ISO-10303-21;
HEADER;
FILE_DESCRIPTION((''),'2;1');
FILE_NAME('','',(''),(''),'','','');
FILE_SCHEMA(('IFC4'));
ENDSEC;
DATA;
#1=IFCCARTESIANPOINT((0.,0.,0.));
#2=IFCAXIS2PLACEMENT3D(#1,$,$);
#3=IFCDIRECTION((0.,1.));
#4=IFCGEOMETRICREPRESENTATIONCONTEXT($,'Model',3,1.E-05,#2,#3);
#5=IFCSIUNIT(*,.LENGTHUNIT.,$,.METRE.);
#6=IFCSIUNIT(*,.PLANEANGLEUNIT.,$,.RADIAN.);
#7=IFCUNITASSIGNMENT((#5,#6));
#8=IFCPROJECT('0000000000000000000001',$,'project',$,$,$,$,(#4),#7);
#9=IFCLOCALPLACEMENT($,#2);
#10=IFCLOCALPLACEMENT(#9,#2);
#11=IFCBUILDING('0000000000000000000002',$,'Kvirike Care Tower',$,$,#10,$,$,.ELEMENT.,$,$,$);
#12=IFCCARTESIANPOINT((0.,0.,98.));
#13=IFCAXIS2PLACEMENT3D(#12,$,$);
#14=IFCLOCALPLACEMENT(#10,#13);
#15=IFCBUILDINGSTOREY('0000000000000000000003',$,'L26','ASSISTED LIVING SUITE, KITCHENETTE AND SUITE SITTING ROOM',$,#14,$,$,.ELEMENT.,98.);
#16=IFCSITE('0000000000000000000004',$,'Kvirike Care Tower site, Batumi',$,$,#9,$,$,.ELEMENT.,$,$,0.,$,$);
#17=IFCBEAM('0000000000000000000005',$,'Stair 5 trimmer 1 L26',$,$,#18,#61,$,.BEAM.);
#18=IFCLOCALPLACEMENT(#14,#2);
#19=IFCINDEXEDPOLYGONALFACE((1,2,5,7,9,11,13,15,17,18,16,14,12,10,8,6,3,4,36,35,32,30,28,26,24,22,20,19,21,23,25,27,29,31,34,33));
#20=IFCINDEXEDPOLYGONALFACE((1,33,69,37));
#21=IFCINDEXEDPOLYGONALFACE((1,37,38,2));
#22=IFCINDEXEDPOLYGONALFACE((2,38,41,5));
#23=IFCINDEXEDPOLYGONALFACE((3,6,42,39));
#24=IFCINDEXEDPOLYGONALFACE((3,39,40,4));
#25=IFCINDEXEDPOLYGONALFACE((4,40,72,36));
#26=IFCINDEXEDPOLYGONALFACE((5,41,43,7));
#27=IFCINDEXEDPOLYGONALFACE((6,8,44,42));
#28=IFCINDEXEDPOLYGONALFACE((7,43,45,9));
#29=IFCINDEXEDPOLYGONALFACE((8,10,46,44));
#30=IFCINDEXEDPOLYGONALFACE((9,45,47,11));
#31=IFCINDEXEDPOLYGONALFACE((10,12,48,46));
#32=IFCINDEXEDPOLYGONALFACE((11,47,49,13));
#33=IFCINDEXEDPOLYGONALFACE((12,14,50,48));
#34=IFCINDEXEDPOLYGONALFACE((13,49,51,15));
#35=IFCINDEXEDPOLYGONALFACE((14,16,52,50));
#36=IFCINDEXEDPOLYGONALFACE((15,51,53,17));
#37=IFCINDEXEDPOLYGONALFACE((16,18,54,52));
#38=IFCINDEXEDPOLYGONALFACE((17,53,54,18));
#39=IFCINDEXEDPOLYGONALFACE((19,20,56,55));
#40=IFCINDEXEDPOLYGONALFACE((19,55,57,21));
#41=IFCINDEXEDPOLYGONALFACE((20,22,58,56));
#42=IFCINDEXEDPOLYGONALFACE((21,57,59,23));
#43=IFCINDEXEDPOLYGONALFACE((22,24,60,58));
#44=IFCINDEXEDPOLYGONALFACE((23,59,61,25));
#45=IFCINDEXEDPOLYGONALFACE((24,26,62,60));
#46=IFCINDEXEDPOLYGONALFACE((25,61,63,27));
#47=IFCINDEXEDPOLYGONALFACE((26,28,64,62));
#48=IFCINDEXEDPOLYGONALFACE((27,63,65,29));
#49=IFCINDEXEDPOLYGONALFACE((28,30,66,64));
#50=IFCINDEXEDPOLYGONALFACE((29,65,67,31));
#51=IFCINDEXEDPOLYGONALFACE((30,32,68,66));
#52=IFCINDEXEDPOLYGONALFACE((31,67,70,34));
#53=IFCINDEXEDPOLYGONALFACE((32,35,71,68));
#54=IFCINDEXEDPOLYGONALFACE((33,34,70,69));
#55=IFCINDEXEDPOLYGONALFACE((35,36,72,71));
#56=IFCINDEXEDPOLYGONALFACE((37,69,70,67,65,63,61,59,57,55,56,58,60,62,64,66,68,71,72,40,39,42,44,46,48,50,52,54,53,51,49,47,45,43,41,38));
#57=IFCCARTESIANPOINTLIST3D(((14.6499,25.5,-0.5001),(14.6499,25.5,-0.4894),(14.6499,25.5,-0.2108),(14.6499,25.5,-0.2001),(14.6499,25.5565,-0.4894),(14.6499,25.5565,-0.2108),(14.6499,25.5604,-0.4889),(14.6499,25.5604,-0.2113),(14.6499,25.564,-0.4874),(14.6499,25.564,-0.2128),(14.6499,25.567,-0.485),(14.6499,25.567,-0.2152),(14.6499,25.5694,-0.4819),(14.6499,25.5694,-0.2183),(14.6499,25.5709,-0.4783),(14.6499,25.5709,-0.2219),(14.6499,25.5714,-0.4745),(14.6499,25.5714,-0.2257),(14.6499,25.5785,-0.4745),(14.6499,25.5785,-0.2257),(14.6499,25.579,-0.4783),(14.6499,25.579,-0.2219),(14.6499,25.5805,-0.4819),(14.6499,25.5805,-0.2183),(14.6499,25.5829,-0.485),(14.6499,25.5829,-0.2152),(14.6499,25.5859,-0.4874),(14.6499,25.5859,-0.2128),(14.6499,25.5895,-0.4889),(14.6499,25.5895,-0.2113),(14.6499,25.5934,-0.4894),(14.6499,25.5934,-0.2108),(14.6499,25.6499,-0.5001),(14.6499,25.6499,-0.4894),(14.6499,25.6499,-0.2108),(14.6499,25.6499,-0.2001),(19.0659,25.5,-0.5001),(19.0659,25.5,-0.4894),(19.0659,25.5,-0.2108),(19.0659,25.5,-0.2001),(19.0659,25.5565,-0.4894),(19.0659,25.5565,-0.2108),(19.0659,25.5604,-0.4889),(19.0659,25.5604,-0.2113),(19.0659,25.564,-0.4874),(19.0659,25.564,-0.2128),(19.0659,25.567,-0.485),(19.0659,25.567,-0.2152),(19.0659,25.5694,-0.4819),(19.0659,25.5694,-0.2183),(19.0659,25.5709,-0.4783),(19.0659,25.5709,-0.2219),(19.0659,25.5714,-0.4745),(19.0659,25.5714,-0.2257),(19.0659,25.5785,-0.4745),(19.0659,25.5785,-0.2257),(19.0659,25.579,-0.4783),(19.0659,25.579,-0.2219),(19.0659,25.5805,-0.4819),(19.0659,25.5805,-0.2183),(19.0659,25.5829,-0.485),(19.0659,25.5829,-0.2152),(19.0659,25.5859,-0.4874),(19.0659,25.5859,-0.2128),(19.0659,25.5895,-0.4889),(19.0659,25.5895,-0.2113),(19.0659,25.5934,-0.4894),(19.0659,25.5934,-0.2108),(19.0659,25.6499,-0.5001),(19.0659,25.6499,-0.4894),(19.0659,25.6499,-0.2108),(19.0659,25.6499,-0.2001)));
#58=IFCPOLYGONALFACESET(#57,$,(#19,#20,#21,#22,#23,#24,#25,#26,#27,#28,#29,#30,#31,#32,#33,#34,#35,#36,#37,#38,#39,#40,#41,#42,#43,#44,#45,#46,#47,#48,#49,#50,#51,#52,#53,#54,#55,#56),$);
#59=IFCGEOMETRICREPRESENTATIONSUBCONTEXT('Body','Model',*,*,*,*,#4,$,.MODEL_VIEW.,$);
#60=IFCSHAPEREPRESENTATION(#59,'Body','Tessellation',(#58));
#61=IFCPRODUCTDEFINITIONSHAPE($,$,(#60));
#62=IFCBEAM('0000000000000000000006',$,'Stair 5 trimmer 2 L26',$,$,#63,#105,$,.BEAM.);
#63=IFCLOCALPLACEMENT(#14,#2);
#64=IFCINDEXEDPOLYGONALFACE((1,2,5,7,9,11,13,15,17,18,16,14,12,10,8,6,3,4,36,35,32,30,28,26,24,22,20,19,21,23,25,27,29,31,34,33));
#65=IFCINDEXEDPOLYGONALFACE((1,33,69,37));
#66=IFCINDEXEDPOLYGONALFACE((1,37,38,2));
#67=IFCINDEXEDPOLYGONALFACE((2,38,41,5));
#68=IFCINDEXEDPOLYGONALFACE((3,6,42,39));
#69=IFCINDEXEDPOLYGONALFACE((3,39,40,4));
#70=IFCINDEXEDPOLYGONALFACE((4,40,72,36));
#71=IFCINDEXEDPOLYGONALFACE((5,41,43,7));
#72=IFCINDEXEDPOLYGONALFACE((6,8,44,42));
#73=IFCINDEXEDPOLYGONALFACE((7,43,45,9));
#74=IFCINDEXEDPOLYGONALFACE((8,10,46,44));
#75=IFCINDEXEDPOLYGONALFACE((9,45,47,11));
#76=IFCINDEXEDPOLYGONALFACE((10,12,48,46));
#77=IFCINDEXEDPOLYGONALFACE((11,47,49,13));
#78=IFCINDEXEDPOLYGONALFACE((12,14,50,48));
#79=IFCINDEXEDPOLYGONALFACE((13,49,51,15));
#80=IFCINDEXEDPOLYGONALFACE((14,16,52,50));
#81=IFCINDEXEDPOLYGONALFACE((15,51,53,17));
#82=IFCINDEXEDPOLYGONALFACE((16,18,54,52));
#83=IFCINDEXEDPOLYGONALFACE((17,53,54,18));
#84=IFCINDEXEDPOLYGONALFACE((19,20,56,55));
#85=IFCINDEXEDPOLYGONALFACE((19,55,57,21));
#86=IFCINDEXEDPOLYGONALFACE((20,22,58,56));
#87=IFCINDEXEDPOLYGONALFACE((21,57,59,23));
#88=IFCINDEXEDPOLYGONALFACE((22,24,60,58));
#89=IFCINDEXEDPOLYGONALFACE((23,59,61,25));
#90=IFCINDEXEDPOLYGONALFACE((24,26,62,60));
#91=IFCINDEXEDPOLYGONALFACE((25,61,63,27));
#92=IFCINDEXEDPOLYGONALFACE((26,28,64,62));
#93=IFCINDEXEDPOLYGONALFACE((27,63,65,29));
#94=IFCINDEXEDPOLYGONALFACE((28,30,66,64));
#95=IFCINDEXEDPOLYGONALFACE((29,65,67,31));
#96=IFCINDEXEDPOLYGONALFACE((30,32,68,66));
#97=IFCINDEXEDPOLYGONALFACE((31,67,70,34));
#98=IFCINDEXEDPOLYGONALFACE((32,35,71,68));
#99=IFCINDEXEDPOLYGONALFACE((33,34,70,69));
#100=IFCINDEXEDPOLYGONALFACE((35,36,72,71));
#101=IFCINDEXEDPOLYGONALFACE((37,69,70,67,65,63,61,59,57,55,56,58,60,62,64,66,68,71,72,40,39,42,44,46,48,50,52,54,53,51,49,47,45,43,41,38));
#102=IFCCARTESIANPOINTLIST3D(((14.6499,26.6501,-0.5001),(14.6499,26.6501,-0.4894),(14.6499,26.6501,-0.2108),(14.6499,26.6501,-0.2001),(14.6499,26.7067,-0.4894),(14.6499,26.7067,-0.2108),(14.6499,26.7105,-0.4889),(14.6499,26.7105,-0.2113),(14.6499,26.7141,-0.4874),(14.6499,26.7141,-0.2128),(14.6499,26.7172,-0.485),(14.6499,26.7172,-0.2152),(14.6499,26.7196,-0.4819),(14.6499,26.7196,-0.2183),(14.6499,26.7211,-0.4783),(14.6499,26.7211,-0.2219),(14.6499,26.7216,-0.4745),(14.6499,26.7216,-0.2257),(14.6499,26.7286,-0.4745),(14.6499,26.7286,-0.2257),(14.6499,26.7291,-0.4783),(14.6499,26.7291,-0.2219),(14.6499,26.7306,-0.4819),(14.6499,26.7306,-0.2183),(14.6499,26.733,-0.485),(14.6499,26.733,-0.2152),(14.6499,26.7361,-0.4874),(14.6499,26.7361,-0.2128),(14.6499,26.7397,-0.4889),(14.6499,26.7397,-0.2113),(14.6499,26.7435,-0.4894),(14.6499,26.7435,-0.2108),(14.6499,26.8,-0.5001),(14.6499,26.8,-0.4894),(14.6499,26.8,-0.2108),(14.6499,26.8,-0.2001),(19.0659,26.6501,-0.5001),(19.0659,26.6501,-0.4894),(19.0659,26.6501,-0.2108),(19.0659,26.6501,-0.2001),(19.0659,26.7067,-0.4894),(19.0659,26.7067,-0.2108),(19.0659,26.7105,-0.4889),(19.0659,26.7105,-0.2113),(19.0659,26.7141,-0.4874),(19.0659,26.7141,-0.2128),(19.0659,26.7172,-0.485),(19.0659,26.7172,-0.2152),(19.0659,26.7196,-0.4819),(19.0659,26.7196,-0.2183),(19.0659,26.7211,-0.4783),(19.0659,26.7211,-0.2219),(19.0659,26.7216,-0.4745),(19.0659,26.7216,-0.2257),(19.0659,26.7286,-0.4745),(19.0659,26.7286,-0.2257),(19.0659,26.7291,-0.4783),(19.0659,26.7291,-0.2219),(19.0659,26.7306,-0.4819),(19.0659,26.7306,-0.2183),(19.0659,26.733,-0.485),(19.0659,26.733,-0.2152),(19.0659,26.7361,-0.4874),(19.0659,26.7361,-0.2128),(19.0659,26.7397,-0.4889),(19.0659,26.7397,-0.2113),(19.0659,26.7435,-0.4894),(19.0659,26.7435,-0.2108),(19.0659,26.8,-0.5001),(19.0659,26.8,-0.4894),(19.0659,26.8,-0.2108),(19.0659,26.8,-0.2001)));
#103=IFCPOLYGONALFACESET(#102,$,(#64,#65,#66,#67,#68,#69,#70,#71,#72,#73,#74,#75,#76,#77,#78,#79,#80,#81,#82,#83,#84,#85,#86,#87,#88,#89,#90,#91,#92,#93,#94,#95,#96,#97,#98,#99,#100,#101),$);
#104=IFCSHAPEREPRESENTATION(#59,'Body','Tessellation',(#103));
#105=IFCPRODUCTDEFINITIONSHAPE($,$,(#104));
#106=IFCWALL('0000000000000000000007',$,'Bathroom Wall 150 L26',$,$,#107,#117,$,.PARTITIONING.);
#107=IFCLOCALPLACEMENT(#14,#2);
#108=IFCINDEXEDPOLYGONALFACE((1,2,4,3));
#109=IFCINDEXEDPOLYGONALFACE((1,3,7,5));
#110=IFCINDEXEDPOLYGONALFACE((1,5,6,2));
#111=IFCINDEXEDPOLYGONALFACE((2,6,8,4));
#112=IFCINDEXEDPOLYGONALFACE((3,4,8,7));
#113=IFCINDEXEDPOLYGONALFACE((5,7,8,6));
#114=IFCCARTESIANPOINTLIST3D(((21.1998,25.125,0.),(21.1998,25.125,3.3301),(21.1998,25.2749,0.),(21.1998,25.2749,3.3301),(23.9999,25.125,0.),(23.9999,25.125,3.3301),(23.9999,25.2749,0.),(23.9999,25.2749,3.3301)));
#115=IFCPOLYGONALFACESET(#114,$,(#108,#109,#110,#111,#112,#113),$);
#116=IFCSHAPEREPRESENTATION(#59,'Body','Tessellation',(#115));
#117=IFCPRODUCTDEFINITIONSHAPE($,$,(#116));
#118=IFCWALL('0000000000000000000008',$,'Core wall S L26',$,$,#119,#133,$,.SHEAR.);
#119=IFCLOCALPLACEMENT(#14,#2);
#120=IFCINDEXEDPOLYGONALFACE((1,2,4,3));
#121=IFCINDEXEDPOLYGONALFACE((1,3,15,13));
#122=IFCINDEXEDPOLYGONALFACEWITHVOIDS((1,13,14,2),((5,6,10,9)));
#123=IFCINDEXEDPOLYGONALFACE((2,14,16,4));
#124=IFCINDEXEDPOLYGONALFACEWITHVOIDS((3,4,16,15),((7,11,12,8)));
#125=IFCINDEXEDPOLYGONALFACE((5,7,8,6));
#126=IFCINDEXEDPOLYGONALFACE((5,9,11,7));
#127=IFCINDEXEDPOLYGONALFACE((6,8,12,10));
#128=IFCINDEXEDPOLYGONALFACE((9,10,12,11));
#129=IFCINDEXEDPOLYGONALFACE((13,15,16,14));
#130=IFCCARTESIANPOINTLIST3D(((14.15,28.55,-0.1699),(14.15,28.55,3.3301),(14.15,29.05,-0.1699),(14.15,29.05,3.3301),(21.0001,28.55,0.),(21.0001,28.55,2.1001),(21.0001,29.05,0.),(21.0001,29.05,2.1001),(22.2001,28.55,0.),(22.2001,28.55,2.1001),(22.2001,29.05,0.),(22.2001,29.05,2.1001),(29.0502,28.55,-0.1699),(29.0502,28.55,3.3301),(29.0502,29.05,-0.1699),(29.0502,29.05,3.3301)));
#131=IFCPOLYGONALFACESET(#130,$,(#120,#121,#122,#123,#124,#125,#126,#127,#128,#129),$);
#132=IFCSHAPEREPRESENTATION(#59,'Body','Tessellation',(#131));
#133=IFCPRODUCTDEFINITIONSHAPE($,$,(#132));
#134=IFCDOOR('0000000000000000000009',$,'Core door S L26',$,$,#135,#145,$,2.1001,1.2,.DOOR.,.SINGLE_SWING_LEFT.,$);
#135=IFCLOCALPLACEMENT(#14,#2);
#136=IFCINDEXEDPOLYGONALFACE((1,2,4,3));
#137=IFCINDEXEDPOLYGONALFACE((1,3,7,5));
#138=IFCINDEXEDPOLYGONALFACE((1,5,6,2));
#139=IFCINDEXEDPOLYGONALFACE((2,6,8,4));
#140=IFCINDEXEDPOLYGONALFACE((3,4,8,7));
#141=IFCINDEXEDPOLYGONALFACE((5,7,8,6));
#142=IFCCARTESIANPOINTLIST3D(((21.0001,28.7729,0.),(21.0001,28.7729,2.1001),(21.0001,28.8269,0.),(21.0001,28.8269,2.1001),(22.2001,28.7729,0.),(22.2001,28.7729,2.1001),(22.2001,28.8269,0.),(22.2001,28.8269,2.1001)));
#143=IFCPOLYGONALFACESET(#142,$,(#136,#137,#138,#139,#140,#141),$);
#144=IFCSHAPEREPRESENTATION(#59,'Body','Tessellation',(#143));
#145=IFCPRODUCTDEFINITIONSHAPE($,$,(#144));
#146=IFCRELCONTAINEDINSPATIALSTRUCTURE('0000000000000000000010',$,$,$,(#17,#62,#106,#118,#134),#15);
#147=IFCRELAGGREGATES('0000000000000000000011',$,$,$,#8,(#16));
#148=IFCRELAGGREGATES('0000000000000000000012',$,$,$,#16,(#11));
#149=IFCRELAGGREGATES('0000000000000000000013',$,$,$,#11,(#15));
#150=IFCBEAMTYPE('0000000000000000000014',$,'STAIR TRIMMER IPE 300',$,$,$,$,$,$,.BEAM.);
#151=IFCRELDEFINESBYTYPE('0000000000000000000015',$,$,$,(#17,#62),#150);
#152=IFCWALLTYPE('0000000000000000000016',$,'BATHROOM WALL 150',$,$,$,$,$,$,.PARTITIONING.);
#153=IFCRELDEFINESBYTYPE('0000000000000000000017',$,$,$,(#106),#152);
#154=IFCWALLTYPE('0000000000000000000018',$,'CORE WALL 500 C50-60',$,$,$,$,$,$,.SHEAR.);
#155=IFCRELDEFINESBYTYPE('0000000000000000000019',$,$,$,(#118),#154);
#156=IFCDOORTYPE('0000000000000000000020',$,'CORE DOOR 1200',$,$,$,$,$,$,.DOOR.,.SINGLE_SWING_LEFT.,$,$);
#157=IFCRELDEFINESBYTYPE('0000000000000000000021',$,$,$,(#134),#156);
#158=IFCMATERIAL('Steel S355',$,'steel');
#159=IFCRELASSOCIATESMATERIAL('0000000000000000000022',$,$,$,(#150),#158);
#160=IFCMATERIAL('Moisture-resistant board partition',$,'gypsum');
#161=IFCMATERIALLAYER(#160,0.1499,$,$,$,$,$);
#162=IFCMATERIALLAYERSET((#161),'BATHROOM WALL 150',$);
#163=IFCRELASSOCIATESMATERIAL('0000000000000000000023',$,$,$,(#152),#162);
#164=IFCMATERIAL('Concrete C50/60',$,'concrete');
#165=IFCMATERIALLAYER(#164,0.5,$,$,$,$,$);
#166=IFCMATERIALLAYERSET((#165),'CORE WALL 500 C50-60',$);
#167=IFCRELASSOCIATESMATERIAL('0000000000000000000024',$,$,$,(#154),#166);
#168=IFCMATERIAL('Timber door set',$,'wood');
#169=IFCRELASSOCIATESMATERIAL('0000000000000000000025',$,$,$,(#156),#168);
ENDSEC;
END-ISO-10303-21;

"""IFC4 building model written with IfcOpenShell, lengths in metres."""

from ifc_helpers import new_model, si_unit, direction, frame, frame_2d, origin, origin_2d, place, context, subcontext, project, spatial, rectangle, i_section, extrude, material, layer, layer_set, material_profile, profile_set, type_object, element, fill, save


model = new_model("IFC4")

# Units and contexts
model_context = context("Model", 3, precision=1e-05, world=origin(), true_north=direction((0.0, 1.0)))
body_context = subcontext(model_context, "Body", "Model", "MODEL_VIEW")
ifc_project = project(units=[si_unit("LENGTHUNIT", "METRE"), si_unit("PLANEANGLEUNIT", "RADIAN")], contexts=[model_context])

# Site, building, storey
site_placement = place(None, origin())
site = spatial("IfcSite", under=ifc_project, at=site_placement, Name="Kvirike Care Tower site, Batumi", CompositionType="ELEMENT", RefElevation=0.0)
building_placement = place(site_placement, origin())
building = spatial("IfcBuilding", under=site, at=building_placement, Name="Kvirike Care Tower", CompositionType="ELEMENT")
storey_placement = place(building_placement, frame((0.0, 0.0, 98.0)))
storey = spatial("IfcBuildingStorey", under=building, at=storey_placement, Name="L26", Description="ASSISTED LIVING SUITE, KITCHENETTE AND SUITE SITTING ROOM", CompositionType="ELEMENT", Elevation=98.0)

# Beams
ifc_material_1 = material(Name="Steel S355", Category="steel")
ifc_material_profile_1 = material_profile(ifc_material_1, i_section(OverallWidth=0.1499, OverallDepth=0.3, WebThickness=0.0071, FlangeThickness=0.0107, FilletRadius=0.0149, at=origin_2d()), Name="IPE 300")
ifc_profile_set_1 = profile_set([ifc_material_profile_1], Name="Steel S355")
beam_type_1 = type_object("IfcBeamType", Name="STAIR TRIMMER IPE 300", PredefinedType="BEAM", material=ifc_profile_set_1)
for number, where, z_axis, x_axis, name in (
    (1, (14.6499, 25.575, -0.3501), (1.0, 0.0, 0.0), (0.0, 1.0, 0.0), "Stair 5 trimmer 1 L26"),
    (2, (14.6499, 26.7251, -0.3501), (1.0, 0.0, 0.0), (0.0, 1.0, 0.0), "Stair 5 trimmer 2 L26"),
):
    element("IfcBeam", number, at=place(storey_placement, frame(where, z_axis=z_axis, x_axis=x_axis)), inside=storey, type_object=beam_type_1, Name=name, PredefinedType="BEAM", context=body_context, shape_type="SweptSolid", body=[
        extrude(i_section(OverallWidth=0.1499, OverallDepth=0.3, WebThickness=0.0071, FlangeThickness=0.0107, FilletRadius=0.0149, at=origin_2d()), origin(), (0.0, 0.0, 1.0), 4.416),
    ])

# Wall
ifc_material_2 = material(Name="Moisture-resistant board partition", Category="gypsum")
ifc_layer_1 = layer(ifc_material_2, 0.1499)
ifc_layer_set_1 = layer_set([ifc_layer_1], Name="BATHROOM WALL 150")
wall_type_1 = type_object("IfcWallType", Name="BATHROOM WALL 150", PredefinedType="PARTITIONING", material=ifc_layer_set_1)
wall_1_placement = place(storey_placement, frame((21.2, 25.2, 0.0), z_axis=(0.0, 0.0, 1.0), x_axis=(1.0, 0.0, 0.0)))
element("IfcWall", 3, at=wall_1_placement, inside=storey, type_object=wall_type_1, Name="Bathroom Wall 150 L26", PredefinedType="PARTITIONING", context=body_context, shape_type="SweptSolid", body=[
    extrude(rectangle(XDim=2.8, YDim=0.1499, at=frame_2d((1.3999, 0.0))), origin(), (0.0, 0.0, 1.0), 3.3301),
])

# Wall, opening, door
ifc_material_3 = material(Name="Concrete C50/60", Category="concrete")
ifc_layer_2 = layer(ifc_material_3, 0.5)
ifc_layer_set_2 = layer_set([ifc_layer_2], Name="CORE WALL 500 C50-60")
wall_type_2 = type_object("IfcWallType", Name="CORE WALL 500 C50-60", PredefinedType="SHEAR", material=ifc_layer_set_2)
wall_2_placement = place(storey_placement, frame((14.1499, 28.8, -0.1699), z_axis=(0.0, 0.0, 1.0), x_axis=(1.0, 0.0, 0.0)))
wall_2 = element("IfcWall", 4, at=wall_2_placement, inside=storey, type_object=wall_type_2, Name="Core wall S L26", PredefinedType="SHEAR", context=body_context, shape_type="SweptSolid", body=[
    extrude(rectangle(XDim=14.9001, YDim=0.5, at=frame_2d((7.4502, 0.0))), origin(), (0.0, 0.0, 1.0), 3.5),
])
opening_1_placement = place(wall_2_placement, frame((6.8501, 0.0, 0.1699)))
opening_1 = element("IfcOpeningElement", 5, at=opening_1_placement, cuts=wall_2, PredefinedType="OPENING", context=body_context, shape_type="SweptSolid", body=[
    extrude(rectangle(XDim=1.2, YDim=2.1001, at=frame_2d((0.6001, 1.05))), frame((0.0, 0.2605, 0.0), z_axis=(0.0, -1.0, 0.0), x_axis=(1.0, 0.0, 0.0)), (0.0, 0.0, 1.0), 0.521),
])
ifc_material_4 = material(Name="Timber door set", Category="wood")
door_type_1 = type_object("IfcDoorType", Name="CORE DOOR 1200", OperationType="SINGLE_SWING_LEFT", PredefinedType="DOOR", material=ifc_material_4)
door_1_placement = place(opening_1_placement, origin())
door_1 = element("IfcDoor", 6, at=door_1_placement, inside=storey, type_object=door_type_1, Name="Core door S L26", OperationType="SINGLE_SWING_LEFT", OverallHeight=2.1001, OverallWidth=1.2, PredefinedType="DOOR", context=body_context, shape_type="SweptSolid", body=[
    extrude(rectangle(XDim=1.2, YDim=2.1001, at=frame_2d((0.6001, 1.05))), frame((0.0, 0.0269, 0.0), z_axis=(0.0, -1.0, 0.0), x_axis=(1.0, 0.0, 0.0)), (0.0, 0.0, 1.0), 0.054),
])
fill(opening_1, door_1)

save(model, "model.ifc")
